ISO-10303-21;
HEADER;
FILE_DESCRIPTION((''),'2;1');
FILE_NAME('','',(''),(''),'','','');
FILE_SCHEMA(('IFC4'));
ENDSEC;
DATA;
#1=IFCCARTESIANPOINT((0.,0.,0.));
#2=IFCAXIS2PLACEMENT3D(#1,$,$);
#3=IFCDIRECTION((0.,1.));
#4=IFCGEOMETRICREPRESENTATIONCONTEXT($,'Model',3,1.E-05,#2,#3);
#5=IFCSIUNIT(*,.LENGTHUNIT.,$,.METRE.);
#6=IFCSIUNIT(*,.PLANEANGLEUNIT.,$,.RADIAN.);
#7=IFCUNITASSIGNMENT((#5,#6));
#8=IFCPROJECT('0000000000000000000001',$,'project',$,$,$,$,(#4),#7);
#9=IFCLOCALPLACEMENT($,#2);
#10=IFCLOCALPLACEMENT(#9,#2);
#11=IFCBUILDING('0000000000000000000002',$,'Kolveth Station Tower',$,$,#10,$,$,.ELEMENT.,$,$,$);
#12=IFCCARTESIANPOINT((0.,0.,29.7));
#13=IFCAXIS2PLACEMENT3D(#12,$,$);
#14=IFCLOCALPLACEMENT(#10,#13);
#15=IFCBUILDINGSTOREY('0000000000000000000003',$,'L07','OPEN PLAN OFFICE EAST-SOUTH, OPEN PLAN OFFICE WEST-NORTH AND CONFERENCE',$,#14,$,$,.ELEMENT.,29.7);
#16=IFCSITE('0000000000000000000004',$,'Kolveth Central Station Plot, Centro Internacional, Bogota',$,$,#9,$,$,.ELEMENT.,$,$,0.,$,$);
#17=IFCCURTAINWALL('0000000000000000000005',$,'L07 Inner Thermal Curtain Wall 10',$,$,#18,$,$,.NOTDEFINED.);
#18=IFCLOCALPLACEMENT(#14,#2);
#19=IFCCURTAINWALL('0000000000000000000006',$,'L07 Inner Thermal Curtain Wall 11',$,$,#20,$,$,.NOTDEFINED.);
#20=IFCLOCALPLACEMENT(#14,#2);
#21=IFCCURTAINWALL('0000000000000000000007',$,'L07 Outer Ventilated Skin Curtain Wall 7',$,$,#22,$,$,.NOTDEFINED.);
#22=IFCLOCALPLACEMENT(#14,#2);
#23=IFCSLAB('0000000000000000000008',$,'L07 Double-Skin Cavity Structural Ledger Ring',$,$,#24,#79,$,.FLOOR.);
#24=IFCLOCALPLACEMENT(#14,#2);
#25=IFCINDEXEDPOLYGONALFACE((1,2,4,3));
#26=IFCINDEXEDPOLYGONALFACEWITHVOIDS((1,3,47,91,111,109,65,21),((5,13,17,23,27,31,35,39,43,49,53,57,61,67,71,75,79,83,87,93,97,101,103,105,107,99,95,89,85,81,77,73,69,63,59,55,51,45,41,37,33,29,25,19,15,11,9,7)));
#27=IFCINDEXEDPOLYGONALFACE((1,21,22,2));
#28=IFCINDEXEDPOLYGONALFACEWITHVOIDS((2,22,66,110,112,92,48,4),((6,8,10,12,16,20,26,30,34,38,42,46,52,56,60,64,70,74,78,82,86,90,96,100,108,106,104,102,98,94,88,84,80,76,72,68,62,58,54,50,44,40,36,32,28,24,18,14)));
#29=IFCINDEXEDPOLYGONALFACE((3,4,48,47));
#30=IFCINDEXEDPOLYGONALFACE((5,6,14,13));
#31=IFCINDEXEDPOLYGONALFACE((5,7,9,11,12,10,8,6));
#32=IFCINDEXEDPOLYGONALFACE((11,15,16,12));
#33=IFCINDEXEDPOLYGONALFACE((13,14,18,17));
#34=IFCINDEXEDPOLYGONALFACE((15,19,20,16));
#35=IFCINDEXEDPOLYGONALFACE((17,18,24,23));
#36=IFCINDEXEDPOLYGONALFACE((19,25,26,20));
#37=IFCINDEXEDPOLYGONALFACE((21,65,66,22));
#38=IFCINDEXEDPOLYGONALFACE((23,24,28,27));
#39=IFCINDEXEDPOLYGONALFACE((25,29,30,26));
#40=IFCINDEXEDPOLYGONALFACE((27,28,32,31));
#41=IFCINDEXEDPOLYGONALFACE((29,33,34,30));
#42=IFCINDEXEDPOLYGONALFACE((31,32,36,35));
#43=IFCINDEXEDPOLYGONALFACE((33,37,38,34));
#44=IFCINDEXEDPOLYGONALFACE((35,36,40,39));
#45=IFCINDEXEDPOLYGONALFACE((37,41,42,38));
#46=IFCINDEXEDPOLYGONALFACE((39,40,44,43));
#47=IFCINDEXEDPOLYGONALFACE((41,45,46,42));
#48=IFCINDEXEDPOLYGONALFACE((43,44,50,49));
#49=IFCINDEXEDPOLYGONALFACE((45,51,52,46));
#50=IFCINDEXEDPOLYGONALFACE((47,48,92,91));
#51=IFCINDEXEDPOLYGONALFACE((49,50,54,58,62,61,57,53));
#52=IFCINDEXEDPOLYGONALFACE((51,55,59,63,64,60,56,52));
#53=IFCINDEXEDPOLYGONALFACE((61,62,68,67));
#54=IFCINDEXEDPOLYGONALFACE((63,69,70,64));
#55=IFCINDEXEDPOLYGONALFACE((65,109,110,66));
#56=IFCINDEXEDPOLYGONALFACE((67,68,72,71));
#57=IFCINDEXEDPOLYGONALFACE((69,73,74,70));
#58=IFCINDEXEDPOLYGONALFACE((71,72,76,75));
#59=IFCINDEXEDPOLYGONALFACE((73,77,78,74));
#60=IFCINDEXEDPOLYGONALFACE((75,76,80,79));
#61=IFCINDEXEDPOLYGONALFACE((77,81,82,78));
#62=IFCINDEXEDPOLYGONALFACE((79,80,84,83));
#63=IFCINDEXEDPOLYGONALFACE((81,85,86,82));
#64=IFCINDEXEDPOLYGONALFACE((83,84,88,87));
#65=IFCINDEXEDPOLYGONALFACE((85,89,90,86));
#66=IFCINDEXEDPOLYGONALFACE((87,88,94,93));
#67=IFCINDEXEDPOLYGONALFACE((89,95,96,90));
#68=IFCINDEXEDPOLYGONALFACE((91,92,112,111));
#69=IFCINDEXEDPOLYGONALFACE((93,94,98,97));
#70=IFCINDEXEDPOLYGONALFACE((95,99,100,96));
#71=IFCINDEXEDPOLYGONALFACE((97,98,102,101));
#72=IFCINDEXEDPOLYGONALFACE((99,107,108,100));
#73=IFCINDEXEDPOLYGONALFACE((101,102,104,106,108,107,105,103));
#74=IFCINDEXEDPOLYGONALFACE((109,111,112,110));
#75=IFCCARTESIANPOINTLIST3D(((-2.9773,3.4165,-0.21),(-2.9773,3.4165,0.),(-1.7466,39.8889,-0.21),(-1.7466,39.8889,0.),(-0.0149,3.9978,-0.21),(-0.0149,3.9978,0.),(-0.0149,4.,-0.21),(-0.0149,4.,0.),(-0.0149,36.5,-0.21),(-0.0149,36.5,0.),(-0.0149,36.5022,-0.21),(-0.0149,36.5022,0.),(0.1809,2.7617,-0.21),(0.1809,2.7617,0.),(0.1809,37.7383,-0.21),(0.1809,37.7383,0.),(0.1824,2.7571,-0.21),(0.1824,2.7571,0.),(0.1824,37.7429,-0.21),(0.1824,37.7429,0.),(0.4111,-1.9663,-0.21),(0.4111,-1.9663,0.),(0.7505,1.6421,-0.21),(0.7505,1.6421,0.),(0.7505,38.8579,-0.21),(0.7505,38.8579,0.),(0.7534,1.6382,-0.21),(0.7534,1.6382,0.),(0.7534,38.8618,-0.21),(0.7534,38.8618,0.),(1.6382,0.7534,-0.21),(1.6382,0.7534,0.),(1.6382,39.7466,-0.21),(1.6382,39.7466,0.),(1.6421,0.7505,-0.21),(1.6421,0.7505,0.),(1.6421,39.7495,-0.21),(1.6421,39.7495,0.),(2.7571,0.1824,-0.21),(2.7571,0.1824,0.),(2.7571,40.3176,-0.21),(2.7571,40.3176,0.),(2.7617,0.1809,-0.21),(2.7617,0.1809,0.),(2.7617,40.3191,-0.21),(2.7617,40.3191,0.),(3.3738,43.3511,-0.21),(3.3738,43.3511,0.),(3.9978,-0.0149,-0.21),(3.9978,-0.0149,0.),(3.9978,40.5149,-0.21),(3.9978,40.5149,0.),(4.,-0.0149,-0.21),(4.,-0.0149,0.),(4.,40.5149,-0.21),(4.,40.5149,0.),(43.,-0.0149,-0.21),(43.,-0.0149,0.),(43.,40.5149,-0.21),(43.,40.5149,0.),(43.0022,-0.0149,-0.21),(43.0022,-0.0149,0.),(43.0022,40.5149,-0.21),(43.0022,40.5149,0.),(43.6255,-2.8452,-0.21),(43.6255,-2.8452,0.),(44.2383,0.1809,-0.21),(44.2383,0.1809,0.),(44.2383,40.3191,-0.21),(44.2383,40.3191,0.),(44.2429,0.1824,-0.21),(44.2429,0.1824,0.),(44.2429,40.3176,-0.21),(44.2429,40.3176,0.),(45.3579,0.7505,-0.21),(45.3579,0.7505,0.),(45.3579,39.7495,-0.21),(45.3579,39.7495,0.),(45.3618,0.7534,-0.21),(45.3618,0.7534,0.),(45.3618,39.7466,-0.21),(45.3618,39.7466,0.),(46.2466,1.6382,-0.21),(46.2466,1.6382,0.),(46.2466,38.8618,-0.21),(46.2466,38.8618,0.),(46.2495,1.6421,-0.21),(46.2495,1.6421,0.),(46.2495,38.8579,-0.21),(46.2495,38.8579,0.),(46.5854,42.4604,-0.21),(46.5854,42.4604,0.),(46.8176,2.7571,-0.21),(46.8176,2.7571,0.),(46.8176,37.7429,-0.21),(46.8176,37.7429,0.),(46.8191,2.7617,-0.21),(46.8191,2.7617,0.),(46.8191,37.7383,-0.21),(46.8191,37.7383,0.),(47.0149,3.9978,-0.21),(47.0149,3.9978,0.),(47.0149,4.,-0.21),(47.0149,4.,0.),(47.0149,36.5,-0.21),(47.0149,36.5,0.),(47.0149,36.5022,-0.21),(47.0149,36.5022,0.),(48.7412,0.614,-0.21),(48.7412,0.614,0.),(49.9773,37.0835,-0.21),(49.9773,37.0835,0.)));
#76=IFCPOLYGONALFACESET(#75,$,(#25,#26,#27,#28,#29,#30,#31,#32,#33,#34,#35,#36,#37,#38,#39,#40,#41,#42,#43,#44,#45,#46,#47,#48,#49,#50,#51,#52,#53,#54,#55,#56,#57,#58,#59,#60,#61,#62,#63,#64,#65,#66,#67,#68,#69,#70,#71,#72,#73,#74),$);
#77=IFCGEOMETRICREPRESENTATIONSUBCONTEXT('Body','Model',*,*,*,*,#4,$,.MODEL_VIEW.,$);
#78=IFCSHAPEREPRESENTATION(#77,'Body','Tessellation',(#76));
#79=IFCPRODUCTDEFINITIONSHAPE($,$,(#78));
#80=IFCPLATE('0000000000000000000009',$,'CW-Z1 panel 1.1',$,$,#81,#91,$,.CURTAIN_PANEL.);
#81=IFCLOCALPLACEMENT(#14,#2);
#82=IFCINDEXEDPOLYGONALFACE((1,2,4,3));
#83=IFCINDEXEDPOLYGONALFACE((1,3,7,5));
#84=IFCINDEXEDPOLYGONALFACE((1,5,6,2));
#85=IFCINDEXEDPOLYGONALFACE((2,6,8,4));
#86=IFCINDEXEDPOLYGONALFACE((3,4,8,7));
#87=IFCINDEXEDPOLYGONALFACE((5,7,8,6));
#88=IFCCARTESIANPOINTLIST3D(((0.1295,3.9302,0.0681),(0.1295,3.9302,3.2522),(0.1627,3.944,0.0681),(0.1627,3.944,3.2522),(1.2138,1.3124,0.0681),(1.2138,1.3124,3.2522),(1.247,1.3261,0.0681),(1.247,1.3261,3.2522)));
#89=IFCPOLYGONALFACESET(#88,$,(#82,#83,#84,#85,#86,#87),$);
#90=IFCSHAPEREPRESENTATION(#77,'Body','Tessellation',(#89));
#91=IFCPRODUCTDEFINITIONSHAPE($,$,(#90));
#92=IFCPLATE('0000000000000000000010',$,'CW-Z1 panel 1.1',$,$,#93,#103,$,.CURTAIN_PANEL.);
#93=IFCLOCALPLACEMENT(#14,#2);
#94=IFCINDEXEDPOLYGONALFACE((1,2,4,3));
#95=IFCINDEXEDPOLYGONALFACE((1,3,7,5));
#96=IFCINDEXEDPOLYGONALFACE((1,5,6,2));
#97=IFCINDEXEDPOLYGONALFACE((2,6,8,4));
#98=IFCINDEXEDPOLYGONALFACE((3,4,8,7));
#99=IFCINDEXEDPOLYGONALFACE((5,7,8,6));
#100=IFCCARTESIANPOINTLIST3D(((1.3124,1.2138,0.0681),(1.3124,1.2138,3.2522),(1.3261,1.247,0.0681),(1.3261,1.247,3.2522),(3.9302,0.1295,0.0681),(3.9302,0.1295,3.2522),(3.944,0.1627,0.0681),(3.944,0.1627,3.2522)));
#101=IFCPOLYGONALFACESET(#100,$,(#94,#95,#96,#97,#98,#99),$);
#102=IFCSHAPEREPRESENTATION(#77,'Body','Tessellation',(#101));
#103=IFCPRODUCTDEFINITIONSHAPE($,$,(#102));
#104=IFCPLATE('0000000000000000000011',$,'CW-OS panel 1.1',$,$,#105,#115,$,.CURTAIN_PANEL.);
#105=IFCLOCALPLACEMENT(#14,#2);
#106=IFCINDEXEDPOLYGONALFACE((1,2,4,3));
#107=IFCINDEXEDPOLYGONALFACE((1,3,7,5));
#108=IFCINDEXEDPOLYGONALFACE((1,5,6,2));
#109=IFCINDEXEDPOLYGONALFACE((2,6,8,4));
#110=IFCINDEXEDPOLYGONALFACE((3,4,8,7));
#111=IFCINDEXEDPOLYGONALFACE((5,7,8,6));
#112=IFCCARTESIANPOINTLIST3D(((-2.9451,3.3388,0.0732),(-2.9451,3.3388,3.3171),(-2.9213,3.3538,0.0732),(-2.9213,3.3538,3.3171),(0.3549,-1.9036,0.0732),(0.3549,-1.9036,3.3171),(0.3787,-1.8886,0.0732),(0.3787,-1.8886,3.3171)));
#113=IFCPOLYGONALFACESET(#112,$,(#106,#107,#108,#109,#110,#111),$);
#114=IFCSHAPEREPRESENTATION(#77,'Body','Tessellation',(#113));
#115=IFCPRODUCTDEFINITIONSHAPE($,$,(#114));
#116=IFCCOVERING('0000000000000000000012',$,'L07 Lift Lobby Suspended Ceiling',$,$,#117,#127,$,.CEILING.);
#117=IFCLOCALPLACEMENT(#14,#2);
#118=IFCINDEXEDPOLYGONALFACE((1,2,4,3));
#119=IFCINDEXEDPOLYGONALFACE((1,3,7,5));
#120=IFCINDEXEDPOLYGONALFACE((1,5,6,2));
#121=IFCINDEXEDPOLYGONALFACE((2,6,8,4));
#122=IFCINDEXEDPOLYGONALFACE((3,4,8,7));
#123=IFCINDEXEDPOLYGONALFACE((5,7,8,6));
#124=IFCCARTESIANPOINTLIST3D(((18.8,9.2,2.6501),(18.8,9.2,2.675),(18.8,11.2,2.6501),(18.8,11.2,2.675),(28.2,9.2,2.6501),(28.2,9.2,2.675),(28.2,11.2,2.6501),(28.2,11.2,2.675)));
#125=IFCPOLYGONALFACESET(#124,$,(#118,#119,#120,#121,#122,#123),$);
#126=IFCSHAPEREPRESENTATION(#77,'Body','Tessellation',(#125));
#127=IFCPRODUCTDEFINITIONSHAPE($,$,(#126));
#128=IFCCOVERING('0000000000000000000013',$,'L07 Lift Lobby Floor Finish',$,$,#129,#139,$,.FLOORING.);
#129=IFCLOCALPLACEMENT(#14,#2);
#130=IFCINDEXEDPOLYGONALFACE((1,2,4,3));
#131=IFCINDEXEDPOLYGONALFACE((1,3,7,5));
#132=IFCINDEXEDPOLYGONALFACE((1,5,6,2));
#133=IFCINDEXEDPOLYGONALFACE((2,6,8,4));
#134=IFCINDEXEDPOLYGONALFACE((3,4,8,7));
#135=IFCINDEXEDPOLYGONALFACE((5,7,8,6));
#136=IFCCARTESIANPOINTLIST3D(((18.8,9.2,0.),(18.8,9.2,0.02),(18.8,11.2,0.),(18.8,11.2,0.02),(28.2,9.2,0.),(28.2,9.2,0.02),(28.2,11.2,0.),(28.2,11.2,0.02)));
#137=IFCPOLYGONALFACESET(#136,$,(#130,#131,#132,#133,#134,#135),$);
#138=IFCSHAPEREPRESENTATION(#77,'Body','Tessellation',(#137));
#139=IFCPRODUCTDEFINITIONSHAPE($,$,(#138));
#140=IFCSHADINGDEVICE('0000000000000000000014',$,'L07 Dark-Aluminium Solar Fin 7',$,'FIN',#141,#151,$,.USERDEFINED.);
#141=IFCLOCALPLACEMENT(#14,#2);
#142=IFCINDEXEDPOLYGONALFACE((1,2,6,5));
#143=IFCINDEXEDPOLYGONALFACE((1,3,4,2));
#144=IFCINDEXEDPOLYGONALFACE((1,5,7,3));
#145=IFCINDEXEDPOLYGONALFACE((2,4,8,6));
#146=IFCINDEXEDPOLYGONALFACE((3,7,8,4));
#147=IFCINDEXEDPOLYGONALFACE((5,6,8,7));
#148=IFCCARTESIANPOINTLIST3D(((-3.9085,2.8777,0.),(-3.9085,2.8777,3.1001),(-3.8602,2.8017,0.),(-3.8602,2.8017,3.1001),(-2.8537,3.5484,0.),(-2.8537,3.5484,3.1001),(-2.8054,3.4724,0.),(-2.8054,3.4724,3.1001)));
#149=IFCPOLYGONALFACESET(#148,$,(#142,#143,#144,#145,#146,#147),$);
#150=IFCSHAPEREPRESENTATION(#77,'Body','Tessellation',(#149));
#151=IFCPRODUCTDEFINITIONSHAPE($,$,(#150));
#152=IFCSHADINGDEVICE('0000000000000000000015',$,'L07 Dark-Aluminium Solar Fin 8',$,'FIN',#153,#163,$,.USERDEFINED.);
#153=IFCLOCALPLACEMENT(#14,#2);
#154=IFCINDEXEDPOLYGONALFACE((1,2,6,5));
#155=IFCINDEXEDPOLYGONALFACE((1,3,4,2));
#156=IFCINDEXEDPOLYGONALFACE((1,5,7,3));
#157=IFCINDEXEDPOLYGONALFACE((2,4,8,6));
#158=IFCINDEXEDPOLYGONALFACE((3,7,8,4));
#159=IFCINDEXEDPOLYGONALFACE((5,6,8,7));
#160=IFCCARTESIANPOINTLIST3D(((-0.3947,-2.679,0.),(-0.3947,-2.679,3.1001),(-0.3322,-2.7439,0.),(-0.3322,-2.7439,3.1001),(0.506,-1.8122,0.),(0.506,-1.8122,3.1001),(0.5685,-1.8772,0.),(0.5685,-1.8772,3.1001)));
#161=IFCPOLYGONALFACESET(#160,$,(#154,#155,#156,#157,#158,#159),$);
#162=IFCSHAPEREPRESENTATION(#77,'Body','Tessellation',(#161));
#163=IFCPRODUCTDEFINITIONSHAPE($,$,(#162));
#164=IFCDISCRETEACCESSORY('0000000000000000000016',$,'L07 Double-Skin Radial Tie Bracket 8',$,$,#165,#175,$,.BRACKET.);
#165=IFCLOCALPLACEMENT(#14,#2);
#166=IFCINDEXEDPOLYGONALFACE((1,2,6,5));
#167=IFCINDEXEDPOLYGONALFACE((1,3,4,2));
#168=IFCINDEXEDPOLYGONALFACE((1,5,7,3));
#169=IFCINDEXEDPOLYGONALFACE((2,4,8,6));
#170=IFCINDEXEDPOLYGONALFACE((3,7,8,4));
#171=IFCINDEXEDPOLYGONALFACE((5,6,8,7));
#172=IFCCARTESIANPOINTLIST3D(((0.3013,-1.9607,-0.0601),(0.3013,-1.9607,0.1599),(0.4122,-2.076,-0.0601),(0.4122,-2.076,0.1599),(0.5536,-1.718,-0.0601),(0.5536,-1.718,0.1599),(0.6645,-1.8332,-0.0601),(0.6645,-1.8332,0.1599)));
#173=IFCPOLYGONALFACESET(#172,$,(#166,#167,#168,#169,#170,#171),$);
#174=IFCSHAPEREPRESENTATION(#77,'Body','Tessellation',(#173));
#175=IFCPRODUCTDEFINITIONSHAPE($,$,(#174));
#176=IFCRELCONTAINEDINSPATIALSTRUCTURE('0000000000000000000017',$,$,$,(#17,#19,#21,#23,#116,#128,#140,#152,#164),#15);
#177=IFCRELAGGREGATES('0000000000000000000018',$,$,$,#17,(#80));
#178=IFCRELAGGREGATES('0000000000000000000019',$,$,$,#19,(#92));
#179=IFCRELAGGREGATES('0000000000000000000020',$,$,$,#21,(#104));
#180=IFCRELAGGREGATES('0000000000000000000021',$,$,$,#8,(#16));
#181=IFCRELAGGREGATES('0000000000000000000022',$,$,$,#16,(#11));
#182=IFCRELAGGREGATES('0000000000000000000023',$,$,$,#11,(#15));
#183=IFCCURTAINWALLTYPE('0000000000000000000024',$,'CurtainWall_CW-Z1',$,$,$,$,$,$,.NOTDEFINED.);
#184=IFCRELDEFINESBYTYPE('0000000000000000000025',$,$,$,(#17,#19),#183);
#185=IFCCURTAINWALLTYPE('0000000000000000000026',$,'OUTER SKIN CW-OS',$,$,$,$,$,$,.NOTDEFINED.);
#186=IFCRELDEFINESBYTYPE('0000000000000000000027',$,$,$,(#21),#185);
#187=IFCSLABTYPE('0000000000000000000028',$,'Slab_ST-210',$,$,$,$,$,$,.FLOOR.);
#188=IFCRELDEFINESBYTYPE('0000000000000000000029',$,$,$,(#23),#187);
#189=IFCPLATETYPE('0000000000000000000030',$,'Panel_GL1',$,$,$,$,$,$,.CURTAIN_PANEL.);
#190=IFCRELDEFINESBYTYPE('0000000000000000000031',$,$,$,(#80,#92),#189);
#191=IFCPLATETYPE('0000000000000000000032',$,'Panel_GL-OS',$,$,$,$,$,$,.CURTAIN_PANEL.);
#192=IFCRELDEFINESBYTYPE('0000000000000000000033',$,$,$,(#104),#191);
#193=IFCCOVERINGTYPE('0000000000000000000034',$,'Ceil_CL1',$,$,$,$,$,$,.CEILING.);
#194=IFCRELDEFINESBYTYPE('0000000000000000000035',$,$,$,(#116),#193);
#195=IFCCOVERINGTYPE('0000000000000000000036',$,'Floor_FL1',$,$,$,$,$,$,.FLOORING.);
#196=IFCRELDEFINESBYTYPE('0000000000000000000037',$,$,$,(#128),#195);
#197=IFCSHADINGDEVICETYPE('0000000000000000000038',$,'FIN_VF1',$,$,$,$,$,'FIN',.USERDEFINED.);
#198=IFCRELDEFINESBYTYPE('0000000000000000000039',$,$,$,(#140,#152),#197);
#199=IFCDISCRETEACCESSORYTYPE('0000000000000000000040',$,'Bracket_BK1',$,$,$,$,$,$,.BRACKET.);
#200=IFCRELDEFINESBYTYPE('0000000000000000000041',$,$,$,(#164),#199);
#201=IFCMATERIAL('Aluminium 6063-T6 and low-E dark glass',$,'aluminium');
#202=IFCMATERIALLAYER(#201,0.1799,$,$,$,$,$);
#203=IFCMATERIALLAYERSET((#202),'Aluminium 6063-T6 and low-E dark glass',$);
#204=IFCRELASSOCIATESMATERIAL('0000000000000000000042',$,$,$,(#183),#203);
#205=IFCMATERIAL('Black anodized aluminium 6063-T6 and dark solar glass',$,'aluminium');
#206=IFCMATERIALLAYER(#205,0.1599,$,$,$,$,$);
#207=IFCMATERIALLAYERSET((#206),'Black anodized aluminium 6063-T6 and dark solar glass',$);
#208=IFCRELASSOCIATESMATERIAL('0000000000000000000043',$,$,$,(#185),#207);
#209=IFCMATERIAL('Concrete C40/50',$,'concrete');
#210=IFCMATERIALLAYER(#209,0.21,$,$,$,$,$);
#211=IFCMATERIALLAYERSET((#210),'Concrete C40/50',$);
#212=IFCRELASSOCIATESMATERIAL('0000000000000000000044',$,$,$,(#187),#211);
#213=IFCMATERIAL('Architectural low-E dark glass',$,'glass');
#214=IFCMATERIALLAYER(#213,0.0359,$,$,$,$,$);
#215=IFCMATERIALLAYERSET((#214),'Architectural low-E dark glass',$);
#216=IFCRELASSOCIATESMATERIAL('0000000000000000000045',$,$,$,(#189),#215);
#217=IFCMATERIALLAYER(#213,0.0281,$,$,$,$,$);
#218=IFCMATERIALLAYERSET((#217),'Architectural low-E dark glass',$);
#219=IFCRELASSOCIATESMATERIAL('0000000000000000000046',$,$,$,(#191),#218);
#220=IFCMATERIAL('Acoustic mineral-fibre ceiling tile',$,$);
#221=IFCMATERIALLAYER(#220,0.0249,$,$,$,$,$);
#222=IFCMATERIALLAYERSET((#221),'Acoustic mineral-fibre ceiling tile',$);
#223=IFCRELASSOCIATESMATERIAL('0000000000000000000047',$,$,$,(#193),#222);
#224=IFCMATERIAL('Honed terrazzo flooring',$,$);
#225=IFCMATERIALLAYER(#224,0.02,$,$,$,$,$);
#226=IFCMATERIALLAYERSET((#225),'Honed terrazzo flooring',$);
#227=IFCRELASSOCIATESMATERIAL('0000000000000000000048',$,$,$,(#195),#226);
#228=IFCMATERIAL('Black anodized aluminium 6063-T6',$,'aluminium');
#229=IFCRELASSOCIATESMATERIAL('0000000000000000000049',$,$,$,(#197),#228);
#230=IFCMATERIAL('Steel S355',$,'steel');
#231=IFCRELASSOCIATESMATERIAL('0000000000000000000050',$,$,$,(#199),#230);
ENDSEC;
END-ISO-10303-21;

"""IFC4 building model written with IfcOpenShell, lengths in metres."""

from ifc_helpers import new_model, si_unit, direction, frame, origin, origin_2d, place, context, subcontext, project, spatial, polyline, rectangle, outline, extrude, source, transform, mapped, material, layer, layer_set, type_object, element, aggregate, save


model = new_model("IFC4")

# Units and contexts
model_context = context("Model", 3, precision=1e-05, world=origin(), true_north=direction((0.0, 1.0)))
body_context = subcontext(model_context, "Body", "Model", "MODEL_VIEW")
ifc_project = project(units=[si_unit("LENGTHUNIT", "METRE"), si_unit("PLANEANGLEUNIT", "RADIAN")], contexts=[model_context])

# Site, building, storey
site_placement = place(None, origin())
site = spatial("IfcSite", under=ifc_project, at=site_placement, Name="Kolveth Central Station Plot, Centro Internacional, Bogota", CompositionType="ELEMENT", RefElevation=0.0)
building_placement = place(site_placement, origin())
building = spatial("IfcBuilding", under=site, at=building_placement, Name="Kolveth Station Tower", CompositionType="ELEMENT")
storey_placement = place(building_placement, frame((0.0, 0.0, 29.7)))
storey = spatial("IfcBuildingStorey", under=building, at=storey_placement, Name="L07", Description="OPEN PLAN OFFICE EAST-SOUTH, OPEN PLAN OFFICE WEST-NORTH AND CONFERENCE", CompositionType="ELEMENT", Elevation=29.7)

# Shared definitions
ifc_material_1 = material(Name="Steel S355", Category="steel")

# Curtain wall
ifc_material_2 = material(Name="Aluminium 6063-T6 and low-E dark glass", Category="aluminium")
ifc_layer_1 = layer(ifc_material_2, 0.1799)
ifc_layer_set_1 = layer_set([ifc_layer_1], Name="Aluminium 6063-T6 and low-E dark glass")
curtain_wall_type_1 = type_object("IfcCurtainWallType", Name="CurtainWall_CW-Z1", PredefinedType="NOTDEFINED", material=ifc_layer_set_1)
curtain_wall_1_placement = place(storey_placement, origin())
curtain_wall_1 = element("IfcCurtainWall", 1, at=curtain_wall_1_placement, inside=storey, type_object=curtain_wall_type_1, Name="L07 Inner Thermal Curtain Wall 10", PredefinedType="NOTDEFINED")
ifc_material_3 = material(Name="Black anodized aluminium 6063-T6", Category="aluminium")

# Curtain wall
curtain_wall_2_placement = place(storey_placement, origin())
curtain_wall_2 = element("IfcCurtainWall", 2, at=curtain_wall_2_placement, inside=storey, type_object=curtain_wall_type_1, Name="L07 Inner Thermal Curtain Wall 11", PredefinedType="NOTDEFINED")

# Curtain wall
ifc_material_4 = material(Name="Black anodized aluminium 6063-T6 and dark solar glass", Category="aluminium")
ifc_layer_2 = layer(ifc_material_4, 0.1599)
ifc_layer_set_2 = layer_set([ifc_layer_2], Name="Black anodized aluminium 6063-T6 and dark solar glass")
curtain_wall_type_2 = type_object("IfcCurtainWallType", Name="OUTER SKIN CW-OS", PredefinedType="NOTDEFINED", material=ifc_layer_set_2)
curtain_wall_3_placement = place(storey_placement, origin())
curtain_wall_3 = element("IfcCurtainWall", 3, at=curtain_wall_3_placement, inside=storey, type_object=curtain_wall_type_2, Name="L07 Outer Ventilated Skin Curtain Wall 7", PredefinedType="NOTDEFINED")

# Shared definitions
ifc_material_5 = material(Name="Concrete C40/50", Category="concrete")

# Slab
ifc_layer_3 = layer(ifc_material_5, 0.21)
ifc_layer_set_3 = layer_set([ifc_layer_3], Name="Concrete C40/50")
slab_type_1 = type_object("IfcSlabType", Name="Slab_ST-210", PredefinedType="FLOOR", material=ifc_layer_set_3)
slab_1_placement = place(storey_placement, frame((0.0, 0.0, -0.21)))
element("IfcSlab", 4, at=slab_1_placement, inside=storey, type_object=slab_type_1, Name="L07 Double-Skin Cavity Structural Ledger Ring", PredefinedType="FLOOR", context=body_context, shape_type="SweptSolid", body=[
    extrude(outline(polyline([(0.4111, -1.9663), (-2.9773, 3.4165), (-1.7466, 39.8889), (3.3738, 43.3511), (46.5854, 42.4604), (49.9773, 37.0835), (48.7412, 0.614), (43.6255, -2.8452), (0.4111, -1.9663)]), holes=[polyline([(43.0022, -0.0149), (44.2383, 0.1809), (44.2429, 0.1824), (45.3579, 0.7505), (45.3618, 0.7534), (46.2466, 1.6382), (46.2495, 1.6421), (46.8176, 2.7571), (46.8191, 2.7617), (47.0149, 3.9978), (47.0149, 4.0), (47.0149, 36.5), (47.0149, 36.5022), (46.8191, 37.7383), (46.8176, 37.7429), (46.2495, 38.8579), (46.2466, 38.8618), (45.3618, 39.7466), (45.3579, 39.7495), (44.2429, 40.3176), (44.2383, 40.3191), (43.0022, 40.5149), (43.0, 40.5149), (4.0, 40.5149), (3.9978, 40.5149), (2.7617, 40.3191), (2.7571, 40.3176), (1.6421, 39.7495), (1.6382, 39.7466), (0.7534, 38.8618), (0.7505, 38.8579), (0.1824, 37.7429), (0.1809, 37.7383), (-0.0149, 36.5022), (-0.0149, 36.5), (-0.0149, 4.0), (-0.0149, 3.9978), (0.1809, 2.7617), (0.1824, 2.7571), (0.7505, 1.6421), (0.7534, 1.6382), (1.6382, 0.7534), (1.6421, 0.7505), (2.7571, 0.1824), (2.7617, 0.1809), (3.9978, -0.0149), (4.0, -0.0149), (43.0, -0.0149), (43.0022, -0.0149)])]), origin(), (0.0, 0.0, 1.0), 0.21),
])

# Plates
ifc_material_6 = material(Name="Architectural low-E dark glass", Category="glass")
ifc_layer_4 = layer(ifc_material_6, 0.0359)
ifc_layer_set_4 = layer_set([ifc_layer_4], Name="Architectural low-E dark glass")
plate_type_1 = type_object("IfcPlateType", Name="Panel_GL1", PredefinedType="CURTAIN_PANEL", material=ifc_layer_set_4)
shared_shape_1 = source(origin(), body_context, "Body", "SweptSolid", [
    extrude(rectangle(XDim=2.8335, YDim=0.0359, at=origin_2d()), origin(), (0.0, 0.0, 1.0), 3.1841),
])
plate_1_placement = place(storey_placement, frame((0.6882, 2.6282, 0.0681), z_axis=(0.0, 0.0, 1.0), x_axis=(0.382673, -0.923884, 0.0)))
plate_1 = element("IfcPlate", 5, at=plate_1_placement, type_object=plate_type_1, Name="CW-Z1 panel 1.1", PredefinedType="CURTAIN_PANEL", context=body_context, shape_type="MappedRepresentation", body=[
    mapped(shared_shape_1, transform((0.0, 0.0, 0.0), x_axis=(1.0, 0.0, 0.0), y_axis=(0.0, 1.0, 0.0), z_axis=(0.0, 0.0, 1.0), scale=1.0)),
])
aggregate(curtain_wall_1, [plate_1])
plate_2_placement = place(storey_placement, frame((2.6282, 0.6882, 0.0681), z_axis=(0.0, 0.0, 1.0), x_axis=(0.923884, -0.382673, 0.0)))
plate_2 = element("IfcPlate", 6, at=plate_2_placement, type_object=plate_type_1, Name="CW-Z1 panel 1.1", PredefinedType="CURTAIN_PANEL", context=body_context, shape_type="MappedRepresentation", body=[
    mapped(shared_shape_1, transform((0.0, 0.0, 0.0), x_axis=(1.0, 0.0, 0.0), y_axis=(0.0, 1.0, 0.0), z_axis=(0.0, 0.0, 1.0), scale=1.0)),
])
aggregate(curtain_wall_2, [plate_2])
ifc_layer_5 = layer(ifc_material_6, 0.0281)
ifc_layer_set_5 = layer_set([ifc_layer_5], Name="Architectural low-E dark glass")
plate_type_2 = type_object("IfcPlateType", Name="Panel_GL-OS", PredefinedType="CURTAIN_PANEL", material=ifc_layer_set_5)
shared_shape_2 = source(origin(), body_context, "Body", "SweptSolid", [
    extrude(rectangle(XDim=6.1946, YDim=0.0281, at=origin_2d()), origin(), (0.0, 0.0, 1.0), 3.2439),
])
plate_3_placement = place(storey_placement, frame((-1.2832, 0.7251, 0.0732), z_axis=(0.0, 0.0, 1.0), x_axis=(0.532724, -0.846289, 0.0)))
plate_3 = element("IfcPlate", 7, at=plate_3_placement, type_object=plate_type_2, Name="CW-OS panel 1.1", PredefinedType="CURTAIN_PANEL", context=body_context, shape_type="MappedRepresentation", body=[
    mapped(shared_shape_2, transform((0.0, 0.0, 0.0), x_axis=(1.0, 0.0, 0.0), y_axis=(0.0, 1.0, 0.0), z_axis=(0.0, 0.0, 1.0), scale=1.0)),
])
aggregate(curtain_wall_3, [plate_3])

# Coverings
ifc_material_7 = material(Name="Acoustic mineral-fibre ceiling tile")
ifc_layer_6 = layer(ifc_material_7, 0.0249)
ifc_layer_set_6 = layer_set([ifc_layer_6], Name="Acoustic mineral-fibre ceiling tile")
covering_type_1 = type_object("IfcCoveringType", Name="Ceil_CL1", PredefinedType="CEILING", material=ifc_layer_set_6)
covering_1_placement = place(storey_placement, frame((0.0, 0.0, 2.6501)))
element("IfcCovering", 8, at=covering_1_placement, inside=storey, type_object=covering_type_1, Name="L07 Lift Lobby Suspended Ceiling", PredefinedType="CEILING", context=body_context, shape_type="SweptSolid", body=[
    extrude(outline(polyline([(18.8, 9.2), (28.2, 9.2), (28.2, 11.2), (18.8, 11.2), (18.8, 9.2)])), origin(), (0.0, 0.0, 1.0), 0.0249),
])
ifc_material_8 = material(Name="Honed terrazzo flooring")
ifc_layer_7 = layer(ifc_material_8, 0.02)
ifc_layer_set_7 = layer_set([ifc_layer_7], Name="Honed terrazzo flooring")
covering_type_2 = type_object("IfcCoveringType", Name="Floor_FL1", PredefinedType="FLOORING", material=ifc_layer_set_7)
covering_2_placement = place(storey_placement, origin())
element("IfcCovering", 9, at=covering_2_placement, inside=storey, type_object=covering_type_2, Name="L07 Lift Lobby Floor Finish", PredefinedType="FLOORING", context=body_context, shape_type="SweptSolid", body=[
    extrude(outline(polyline([(18.8, 9.2), (28.2, 9.2), (28.2, 11.2), (18.8, 11.2), (18.8, 9.2)])), origin(), (0.0, 0.0, 1.0), 0.02),
])

# Shading devices
shading_device_type = type_object("IfcShadingDeviceType", Name="FIN_VF1", ElementType="FIN", PredefinedType="USERDEFINED", material=ifc_material_3)
shared_shape_3 = source(origin(), body_context, "Body", "SweptSolid", [
    extrude(rectangle(XDim=1.25, YDim=0.0901, at=origin_2d()), origin(), (0.0, 0.0, 1.0), 3.1001),
])
for number, where, z_axis, x_axis, name in (
    (10, (-3.3569, 3.175, 0.0), (0.0, 0.0, 1.0), (-0.84386, -0.536563, 0.0), "L07 Dark-Aluminium Solar Fin 7"),
    (11, (0.0869, -2.2781, 0.0), (0.0, 0.0, 1.0), (-0.720551, -0.693402, 0.0), "L07 Dark-Aluminium Solar Fin 8"),
):
    element("IfcShadingDevice", number, at=place(storey_placement, frame(where, z_axis=z_axis, x_axis=x_axis)), inside=storey, type_object=shading_device_type, Name=name, ObjectType="FIN", PredefinedType="USERDEFINED", context=body_context, shape_type="MappedRepresentation", body=[
        mapped(shared_shape_3, transform((0.0, 0.0, 0.0), x_axis=(1.0, 0.0, 0.0), y_axis=(0.0, 1.0, 0.0), z_axis=(0.0, 0.0, 1.0), scale=1.0)),
    ])

# Discrete accessory
discrete_accessory_type = type_object("IfcDiscreteAccessoryType", Name="Bracket_BK1", PredefinedType="BRACKET", material=ifc_material_1)
shared_shape_4 = source(origin(), body_context, "Body", "SweptSolid", [
    extrude(rectangle(XDim=0.3501, YDim=0.1599, at=origin_2d()), origin(), (0.0, 0.0, 1.0), 0.22),
])
discrete_accessory_placement = place(storey_placement, frame((0.4829, -1.897, -0.0601), z_axis=(0.0, 0.0, 1.0), x_axis=(-0.720551, -0.693402, 0.0)))
element("IfcDiscreteAccessory", 12, at=discrete_accessory_placement, inside=storey, type_object=discrete_accessory_type, Name="L07 Double-Skin Radial Tie Bracket 8", PredefinedType="BRACKET", context=body_context, shape_type="MappedRepresentation", body=[
    mapped(shared_shape_4, transform((0.0, 0.0, 0.0), x_axis=(1.0, 0.0, 0.0), y_axis=(0.0, 1.0, 0.0), z_axis=(0.0, 0.0, 1.0), scale=1.0)),
])

save(model, "model.ifc")
